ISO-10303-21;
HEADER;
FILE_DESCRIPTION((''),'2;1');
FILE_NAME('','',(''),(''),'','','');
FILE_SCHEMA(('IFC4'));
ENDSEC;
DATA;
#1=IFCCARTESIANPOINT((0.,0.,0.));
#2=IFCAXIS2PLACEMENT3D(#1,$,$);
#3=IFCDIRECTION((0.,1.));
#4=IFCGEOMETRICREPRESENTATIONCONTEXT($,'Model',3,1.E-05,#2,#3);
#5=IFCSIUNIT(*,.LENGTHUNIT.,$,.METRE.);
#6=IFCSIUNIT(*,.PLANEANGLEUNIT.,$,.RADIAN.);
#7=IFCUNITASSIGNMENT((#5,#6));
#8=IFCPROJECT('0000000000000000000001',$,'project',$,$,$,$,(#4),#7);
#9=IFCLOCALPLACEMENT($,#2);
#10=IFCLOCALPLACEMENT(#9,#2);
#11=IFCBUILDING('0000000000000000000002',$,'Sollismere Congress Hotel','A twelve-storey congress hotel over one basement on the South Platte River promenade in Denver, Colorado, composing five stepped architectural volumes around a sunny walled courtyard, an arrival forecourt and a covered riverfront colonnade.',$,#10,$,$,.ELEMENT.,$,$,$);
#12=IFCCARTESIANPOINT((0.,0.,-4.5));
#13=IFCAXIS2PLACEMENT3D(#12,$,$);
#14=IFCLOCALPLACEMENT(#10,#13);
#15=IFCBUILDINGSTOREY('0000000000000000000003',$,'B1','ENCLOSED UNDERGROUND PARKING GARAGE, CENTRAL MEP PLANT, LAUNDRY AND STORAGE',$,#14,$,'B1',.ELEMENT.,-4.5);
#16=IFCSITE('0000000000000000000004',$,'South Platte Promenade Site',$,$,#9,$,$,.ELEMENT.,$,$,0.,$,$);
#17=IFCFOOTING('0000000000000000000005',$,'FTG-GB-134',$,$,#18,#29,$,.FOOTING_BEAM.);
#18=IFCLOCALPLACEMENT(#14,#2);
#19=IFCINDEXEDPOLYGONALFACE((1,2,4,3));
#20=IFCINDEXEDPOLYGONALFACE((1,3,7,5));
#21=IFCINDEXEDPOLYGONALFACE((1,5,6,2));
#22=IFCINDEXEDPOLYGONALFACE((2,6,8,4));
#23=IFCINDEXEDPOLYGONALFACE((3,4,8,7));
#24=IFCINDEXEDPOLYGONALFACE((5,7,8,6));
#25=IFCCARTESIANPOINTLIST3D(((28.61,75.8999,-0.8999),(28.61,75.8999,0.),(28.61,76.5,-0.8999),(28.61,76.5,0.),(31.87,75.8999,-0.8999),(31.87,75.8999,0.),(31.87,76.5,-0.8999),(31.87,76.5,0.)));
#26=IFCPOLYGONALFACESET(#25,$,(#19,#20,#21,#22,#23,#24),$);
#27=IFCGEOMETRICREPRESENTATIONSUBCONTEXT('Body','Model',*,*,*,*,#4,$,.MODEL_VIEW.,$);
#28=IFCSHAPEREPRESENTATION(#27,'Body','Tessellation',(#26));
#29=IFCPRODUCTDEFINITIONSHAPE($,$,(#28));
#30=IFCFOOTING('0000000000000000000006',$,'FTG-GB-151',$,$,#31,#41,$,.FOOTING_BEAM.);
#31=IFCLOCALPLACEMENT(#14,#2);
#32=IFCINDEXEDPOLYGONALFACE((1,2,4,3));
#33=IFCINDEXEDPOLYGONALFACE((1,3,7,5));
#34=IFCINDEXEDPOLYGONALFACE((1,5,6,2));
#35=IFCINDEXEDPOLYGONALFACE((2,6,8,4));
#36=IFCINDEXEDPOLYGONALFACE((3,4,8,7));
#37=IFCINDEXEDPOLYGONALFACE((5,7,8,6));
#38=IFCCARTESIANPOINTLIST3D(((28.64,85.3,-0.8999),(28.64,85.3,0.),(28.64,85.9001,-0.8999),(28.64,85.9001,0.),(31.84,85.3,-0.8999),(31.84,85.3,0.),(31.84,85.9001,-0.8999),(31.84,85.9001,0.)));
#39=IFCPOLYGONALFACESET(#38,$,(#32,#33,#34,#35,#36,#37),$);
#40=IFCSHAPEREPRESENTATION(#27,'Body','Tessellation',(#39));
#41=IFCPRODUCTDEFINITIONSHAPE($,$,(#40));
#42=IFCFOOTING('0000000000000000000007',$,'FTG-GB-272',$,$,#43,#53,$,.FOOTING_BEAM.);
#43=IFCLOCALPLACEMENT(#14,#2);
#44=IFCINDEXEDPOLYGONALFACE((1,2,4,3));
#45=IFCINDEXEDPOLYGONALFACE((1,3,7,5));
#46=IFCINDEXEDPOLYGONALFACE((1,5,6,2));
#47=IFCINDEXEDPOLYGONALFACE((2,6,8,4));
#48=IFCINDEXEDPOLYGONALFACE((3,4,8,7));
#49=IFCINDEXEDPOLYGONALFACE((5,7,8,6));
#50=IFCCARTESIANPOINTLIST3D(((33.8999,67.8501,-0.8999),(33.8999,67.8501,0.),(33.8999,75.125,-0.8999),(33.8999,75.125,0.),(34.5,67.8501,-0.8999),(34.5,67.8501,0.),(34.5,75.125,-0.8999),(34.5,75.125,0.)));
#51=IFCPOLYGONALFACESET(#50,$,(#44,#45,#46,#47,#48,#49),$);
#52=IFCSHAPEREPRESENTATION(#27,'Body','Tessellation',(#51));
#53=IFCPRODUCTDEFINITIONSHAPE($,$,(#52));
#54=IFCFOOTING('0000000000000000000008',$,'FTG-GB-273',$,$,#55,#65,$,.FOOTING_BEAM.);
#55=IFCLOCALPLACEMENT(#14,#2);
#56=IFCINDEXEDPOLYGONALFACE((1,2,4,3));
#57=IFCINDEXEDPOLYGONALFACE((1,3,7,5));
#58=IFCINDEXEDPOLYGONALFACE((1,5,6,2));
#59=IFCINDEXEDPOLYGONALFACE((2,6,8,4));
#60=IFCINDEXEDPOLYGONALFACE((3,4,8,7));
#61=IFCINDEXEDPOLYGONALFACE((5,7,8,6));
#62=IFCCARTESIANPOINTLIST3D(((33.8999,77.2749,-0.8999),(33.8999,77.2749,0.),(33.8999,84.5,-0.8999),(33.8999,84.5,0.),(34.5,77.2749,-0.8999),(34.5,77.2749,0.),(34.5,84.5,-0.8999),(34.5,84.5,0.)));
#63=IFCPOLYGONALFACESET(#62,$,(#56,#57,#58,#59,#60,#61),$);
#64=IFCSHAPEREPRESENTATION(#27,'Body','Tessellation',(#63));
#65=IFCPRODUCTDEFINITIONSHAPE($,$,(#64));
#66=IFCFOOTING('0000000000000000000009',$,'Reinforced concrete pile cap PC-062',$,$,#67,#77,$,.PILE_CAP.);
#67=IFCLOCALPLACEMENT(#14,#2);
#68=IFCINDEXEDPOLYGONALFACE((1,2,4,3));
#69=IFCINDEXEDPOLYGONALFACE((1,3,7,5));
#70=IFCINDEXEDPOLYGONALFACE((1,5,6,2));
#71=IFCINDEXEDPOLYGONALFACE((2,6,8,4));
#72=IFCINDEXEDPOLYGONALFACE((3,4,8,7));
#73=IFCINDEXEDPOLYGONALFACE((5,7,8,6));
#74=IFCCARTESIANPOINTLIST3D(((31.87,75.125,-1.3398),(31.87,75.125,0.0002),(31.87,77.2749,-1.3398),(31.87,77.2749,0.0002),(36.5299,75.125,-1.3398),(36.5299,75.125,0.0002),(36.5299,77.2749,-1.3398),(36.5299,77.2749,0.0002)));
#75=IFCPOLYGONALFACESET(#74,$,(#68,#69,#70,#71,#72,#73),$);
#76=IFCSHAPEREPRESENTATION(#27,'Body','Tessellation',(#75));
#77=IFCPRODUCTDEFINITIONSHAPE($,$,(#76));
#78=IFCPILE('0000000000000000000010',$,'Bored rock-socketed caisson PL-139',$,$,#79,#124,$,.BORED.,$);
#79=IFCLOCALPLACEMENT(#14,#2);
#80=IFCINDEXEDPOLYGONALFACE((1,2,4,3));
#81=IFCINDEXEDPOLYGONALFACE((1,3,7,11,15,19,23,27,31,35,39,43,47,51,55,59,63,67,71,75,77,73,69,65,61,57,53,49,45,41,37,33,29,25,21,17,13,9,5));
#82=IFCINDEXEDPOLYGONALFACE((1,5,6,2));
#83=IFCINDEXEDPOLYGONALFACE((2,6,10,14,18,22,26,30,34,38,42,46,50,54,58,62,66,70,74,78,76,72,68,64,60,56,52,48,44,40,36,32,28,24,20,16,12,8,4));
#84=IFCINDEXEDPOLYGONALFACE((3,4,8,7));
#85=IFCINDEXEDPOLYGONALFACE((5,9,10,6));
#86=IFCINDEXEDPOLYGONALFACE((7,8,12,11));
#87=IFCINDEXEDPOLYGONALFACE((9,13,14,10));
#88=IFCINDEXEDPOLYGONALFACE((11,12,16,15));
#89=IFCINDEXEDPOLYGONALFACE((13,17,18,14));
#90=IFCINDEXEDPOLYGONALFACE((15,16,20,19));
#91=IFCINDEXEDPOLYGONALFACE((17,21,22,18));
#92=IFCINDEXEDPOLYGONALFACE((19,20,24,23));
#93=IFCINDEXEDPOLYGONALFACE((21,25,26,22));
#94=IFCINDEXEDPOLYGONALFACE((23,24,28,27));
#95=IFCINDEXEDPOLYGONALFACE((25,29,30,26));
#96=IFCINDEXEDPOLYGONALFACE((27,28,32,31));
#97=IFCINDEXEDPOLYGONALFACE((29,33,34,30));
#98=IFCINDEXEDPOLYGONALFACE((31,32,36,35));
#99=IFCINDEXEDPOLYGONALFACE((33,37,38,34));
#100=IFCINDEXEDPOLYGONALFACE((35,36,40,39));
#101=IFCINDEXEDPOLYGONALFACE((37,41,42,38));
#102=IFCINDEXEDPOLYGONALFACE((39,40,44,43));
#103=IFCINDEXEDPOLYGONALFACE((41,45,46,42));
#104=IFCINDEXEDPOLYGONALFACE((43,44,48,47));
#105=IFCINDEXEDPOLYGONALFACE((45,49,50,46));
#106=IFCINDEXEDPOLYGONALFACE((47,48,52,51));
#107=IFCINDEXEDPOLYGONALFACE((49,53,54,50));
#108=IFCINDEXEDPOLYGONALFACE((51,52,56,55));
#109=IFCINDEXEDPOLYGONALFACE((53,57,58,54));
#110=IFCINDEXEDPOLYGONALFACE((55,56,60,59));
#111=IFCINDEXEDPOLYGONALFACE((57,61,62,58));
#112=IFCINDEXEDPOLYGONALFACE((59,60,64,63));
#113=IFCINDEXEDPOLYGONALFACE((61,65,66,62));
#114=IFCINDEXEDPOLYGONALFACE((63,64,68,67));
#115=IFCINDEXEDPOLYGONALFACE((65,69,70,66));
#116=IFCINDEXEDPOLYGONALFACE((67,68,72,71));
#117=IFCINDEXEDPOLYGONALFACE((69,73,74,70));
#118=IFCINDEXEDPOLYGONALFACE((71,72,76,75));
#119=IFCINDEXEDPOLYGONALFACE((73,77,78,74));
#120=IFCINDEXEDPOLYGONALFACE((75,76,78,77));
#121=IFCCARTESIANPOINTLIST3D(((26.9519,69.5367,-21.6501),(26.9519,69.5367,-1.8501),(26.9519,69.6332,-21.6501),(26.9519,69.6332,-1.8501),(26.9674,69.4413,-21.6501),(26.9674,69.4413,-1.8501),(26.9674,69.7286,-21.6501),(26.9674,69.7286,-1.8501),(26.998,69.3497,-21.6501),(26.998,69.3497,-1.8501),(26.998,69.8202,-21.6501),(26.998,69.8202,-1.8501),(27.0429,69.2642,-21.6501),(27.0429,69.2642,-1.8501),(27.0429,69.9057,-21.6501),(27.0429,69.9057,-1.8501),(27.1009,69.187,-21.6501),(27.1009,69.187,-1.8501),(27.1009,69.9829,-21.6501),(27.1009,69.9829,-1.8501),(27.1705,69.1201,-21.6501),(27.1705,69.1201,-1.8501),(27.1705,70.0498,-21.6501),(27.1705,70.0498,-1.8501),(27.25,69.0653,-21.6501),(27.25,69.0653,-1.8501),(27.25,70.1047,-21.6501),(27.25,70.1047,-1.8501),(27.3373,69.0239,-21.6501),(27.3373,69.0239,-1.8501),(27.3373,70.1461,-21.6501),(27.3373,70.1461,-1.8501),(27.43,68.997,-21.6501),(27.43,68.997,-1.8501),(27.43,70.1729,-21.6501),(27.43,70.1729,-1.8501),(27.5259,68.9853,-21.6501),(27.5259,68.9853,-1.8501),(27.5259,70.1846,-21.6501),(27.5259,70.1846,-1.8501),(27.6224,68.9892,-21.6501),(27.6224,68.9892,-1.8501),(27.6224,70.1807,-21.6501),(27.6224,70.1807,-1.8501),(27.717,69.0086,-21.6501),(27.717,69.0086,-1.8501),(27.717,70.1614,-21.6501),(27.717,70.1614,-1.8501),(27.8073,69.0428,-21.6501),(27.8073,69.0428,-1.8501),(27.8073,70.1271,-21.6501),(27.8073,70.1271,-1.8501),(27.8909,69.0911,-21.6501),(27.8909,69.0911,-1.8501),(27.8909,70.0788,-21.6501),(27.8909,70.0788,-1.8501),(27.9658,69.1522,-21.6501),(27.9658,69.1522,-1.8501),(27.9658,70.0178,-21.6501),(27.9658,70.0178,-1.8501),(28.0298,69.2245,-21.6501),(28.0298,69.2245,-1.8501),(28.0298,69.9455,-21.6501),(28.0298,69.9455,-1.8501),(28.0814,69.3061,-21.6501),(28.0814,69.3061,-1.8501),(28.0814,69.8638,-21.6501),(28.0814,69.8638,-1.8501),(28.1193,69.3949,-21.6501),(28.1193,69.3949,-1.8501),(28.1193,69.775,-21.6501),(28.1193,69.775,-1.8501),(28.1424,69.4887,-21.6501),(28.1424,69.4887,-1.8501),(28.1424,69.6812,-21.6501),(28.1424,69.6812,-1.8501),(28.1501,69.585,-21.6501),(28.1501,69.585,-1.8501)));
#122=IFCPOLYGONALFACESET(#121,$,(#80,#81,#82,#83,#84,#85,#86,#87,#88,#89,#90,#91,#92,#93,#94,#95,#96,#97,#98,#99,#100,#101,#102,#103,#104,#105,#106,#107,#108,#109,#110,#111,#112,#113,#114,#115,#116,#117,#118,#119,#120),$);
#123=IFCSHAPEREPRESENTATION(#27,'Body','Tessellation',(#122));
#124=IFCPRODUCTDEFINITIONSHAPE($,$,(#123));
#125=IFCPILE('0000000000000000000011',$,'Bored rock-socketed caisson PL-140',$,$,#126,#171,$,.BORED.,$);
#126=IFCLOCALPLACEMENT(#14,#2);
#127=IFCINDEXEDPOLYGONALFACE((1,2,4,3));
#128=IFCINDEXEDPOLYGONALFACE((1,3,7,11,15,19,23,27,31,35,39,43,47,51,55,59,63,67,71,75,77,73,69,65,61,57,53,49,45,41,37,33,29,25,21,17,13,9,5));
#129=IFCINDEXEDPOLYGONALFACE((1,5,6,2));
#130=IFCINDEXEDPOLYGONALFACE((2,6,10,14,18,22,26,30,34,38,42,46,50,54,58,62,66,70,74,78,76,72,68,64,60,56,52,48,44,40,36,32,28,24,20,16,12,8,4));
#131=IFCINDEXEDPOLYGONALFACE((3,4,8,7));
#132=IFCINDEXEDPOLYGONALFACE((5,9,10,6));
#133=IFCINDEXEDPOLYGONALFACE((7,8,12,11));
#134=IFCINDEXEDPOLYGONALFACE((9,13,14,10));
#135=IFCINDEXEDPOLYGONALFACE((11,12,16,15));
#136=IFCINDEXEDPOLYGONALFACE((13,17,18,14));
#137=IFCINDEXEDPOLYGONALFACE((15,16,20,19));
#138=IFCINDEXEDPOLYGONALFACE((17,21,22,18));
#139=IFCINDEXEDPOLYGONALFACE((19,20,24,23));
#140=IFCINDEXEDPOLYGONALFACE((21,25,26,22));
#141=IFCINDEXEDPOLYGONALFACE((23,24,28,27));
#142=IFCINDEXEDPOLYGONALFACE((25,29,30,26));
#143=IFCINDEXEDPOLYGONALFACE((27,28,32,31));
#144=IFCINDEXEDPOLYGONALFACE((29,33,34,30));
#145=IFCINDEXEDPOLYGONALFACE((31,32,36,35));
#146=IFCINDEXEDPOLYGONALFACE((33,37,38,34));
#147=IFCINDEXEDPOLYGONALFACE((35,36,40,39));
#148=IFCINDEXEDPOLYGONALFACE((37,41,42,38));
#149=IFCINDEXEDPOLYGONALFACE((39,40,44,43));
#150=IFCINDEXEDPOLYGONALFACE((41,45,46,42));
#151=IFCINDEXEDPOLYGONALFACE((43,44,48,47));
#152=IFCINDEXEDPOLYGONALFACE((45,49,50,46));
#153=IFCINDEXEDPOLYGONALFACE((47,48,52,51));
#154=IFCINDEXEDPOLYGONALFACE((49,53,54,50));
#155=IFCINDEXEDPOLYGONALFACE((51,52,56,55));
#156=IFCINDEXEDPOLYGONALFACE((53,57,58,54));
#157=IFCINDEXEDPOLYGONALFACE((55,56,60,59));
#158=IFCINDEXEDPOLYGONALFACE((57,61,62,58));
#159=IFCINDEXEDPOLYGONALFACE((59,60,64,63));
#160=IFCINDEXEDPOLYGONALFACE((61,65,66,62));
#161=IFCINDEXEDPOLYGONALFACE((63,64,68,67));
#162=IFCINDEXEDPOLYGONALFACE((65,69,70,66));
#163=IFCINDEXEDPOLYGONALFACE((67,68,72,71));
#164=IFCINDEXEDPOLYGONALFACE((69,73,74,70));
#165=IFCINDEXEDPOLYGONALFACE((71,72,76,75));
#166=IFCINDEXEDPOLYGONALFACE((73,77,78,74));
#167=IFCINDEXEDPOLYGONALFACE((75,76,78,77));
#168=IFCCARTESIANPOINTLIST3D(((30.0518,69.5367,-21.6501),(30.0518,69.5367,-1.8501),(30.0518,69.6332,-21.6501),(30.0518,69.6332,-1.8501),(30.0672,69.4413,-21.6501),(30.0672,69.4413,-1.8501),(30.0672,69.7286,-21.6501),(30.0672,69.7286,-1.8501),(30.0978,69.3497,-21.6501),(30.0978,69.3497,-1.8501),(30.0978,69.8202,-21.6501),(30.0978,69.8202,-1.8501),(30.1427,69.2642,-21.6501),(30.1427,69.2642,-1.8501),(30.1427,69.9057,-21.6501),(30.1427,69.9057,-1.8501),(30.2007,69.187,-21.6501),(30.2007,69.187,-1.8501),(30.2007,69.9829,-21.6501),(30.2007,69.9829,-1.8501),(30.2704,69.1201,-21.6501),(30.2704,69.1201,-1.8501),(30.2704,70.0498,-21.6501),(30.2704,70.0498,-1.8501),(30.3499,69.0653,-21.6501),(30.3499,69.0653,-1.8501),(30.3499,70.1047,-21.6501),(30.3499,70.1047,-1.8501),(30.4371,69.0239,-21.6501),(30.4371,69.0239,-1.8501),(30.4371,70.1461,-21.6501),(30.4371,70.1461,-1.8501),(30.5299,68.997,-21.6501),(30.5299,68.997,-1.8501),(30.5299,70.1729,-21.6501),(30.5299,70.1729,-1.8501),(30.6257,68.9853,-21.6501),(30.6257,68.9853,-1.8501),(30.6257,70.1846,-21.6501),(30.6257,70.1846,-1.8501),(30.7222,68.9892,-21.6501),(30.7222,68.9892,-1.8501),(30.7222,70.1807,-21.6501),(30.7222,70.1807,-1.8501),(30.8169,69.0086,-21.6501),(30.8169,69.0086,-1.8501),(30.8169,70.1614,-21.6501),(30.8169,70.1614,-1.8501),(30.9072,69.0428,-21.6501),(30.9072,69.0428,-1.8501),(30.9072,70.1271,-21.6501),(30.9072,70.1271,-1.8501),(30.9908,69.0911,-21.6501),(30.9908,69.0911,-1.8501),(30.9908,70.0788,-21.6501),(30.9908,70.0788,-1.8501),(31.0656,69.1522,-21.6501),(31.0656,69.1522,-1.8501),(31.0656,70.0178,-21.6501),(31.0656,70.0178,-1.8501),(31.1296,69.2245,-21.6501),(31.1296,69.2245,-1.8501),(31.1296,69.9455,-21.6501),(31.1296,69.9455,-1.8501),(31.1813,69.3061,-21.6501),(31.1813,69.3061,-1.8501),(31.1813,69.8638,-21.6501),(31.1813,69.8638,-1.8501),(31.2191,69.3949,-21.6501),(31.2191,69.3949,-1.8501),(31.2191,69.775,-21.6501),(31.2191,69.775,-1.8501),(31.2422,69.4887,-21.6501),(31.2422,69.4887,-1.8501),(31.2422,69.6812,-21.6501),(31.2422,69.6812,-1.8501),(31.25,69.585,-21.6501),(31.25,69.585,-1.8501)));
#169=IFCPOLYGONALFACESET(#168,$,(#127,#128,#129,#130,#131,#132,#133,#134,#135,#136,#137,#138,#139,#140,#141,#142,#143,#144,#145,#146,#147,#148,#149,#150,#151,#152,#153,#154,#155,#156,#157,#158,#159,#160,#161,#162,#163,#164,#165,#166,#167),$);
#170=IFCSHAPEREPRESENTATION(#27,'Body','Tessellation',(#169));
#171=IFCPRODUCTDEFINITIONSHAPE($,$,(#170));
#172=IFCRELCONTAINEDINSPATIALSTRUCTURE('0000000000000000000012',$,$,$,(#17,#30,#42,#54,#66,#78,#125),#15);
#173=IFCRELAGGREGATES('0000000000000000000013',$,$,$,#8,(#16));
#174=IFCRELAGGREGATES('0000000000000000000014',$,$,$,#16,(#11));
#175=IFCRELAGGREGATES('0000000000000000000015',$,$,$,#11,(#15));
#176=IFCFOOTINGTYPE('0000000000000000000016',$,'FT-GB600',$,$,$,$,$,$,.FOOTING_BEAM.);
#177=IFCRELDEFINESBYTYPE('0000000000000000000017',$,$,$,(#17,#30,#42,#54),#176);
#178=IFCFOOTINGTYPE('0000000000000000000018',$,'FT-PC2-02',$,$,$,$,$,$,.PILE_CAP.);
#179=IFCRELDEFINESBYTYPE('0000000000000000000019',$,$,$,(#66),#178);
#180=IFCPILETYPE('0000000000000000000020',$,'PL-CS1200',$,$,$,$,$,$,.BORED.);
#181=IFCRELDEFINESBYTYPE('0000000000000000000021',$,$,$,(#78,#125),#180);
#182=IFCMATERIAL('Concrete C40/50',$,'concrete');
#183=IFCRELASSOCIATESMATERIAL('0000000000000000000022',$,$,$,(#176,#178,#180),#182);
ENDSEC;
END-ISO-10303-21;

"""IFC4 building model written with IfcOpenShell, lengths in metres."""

from ifc_helpers import new_model, si_unit, direction, frame, origin, origin_2d, place, context, subcontext, project, spatial, rectangle, circle, extrude, material, material_profile, profile_set, type_object, element, save


model = new_model("IFC4")

# Units and contexts
model_context = context("Model", 3, precision=1e-05, world=origin(), true_north=direction((0.0, 1.0)))
body_context = subcontext(model_context, "Body", "Model", "MODEL_VIEW")
ifc_project = project(units=[si_unit("LENGTHUNIT", "METRE"), si_unit("PLANEANGLEUNIT", "RADIAN")], contexts=[model_context])

# Site, building, storey
site_placement = place(None, origin())
site = spatial("IfcSite", under=ifc_project, at=site_placement, Name="South Platte Promenade Site", CompositionType="ELEMENT", RefElevation=0.0)
building_placement = place(site_placement, origin())
building = spatial("IfcBuilding", under=site, at=building_placement, Name="Sollismere Congress Hotel", Description="A twelve-storey congress hotel over one basement on the South Platte River promenade in Denver, Colorado, composing five stepped architectural volumes around a sunny walled courtyard, an arrival forecourt and a covered riverfront colonnade.", CompositionType="ELEMENT")
storey_placement = place(building_placement, frame((0.0, 0.0, -4.5)))
storey = spatial("IfcBuildingStorey", under=building, at=storey_placement, Name="B1", Description="ENCLOSED UNDERGROUND PARKING GARAGE, CENTRAL MEP PLANT, LAUNDRY AND STORAGE", LongName="B1", CompositionType="ELEMENT", Elevation=-4.5)

# Footings
ifc_material_1 = material(Name="Concrete C40/50", Category="concrete")
footing_type_1 = type_object("IfcFootingType", Name="FT-GB600", PredefinedType="FOOTING_BEAM", material=ifc_material_1)
footing_1_placement = place(storey_placement, frame((30.24, 76.2, -0.8999), z_axis=(0.0, 0.0, 1.0), x_axis=(1.0, 0.0, 0.0)))
element("IfcFooting", 1, at=footing_1_placement, inside=storey, type_object=footing_type_1, Name="FTG-GB-134", PredefinedType="FOOTING_BEAM", context=body_context, shape_type="SweptSolid", body=[
    extrude(rectangle(XDim=3.26, YDim=0.6001, at=origin_2d()), origin(), (0.0, 0.0, 1.0), 0.8999),
])
footing_2_placement = place(storey_placement, frame((30.24, 85.6001, -0.8999), z_axis=(0.0, 0.0, 1.0), x_axis=(1.0, 0.0, 0.0)))
element("IfcFooting", 2, at=footing_2_placement, inside=storey, type_object=footing_type_1, Name="FTG-GB-151", PredefinedType="FOOTING_BEAM", context=body_context, shape_type="SweptSolid", body=[
    extrude(rectangle(XDim=3.2, YDim=0.6001, at=origin_2d()), origin(), (0.0, 0.0, 1.0), 0.8999),
])
footing_3_placement = place(storey_placement, frame((34.2, 71.4875, -0.8999), z_axis=(0.0, 0.0, 1.0), x_axis=(0.0, 1.0, 0.0)))
element("IfcFooting", 3, at=footing_3_placement, inside=storey, type_object=footing_type_1, Name="FTG-GB-272", PredefinedType="FOOTING_BEAM", context=body_context, shape_type="SweptSolid", body=[
    extrude(rectangle(XDim=7.2749, YDim=0.6001, at=origin_2d()), origin(), (0.0, 0.0, 1.0), 0.8999),
])
footing_4_placement = place(storey_placement, frame((34.2, 80.8875, -0.8999), z_axis=(0.0, 0.0, 1.0), x_axis=(0.0, 1.0, 0.0)))
element("IfcFooting", 4, at=footing_4_placement, inside=storey, type_object=footing_type_1, Name="FTG-GB-273", PredefinedType="FOOTING_BEAM", context=body_context, shape_type="SweptSolid", body=[
    extrude(rectangle(XDim=7.2251, YDim=0.6001, at=origin_2d()), origin(), (0.0, 0.0, 1.0), 0.8999),
])
footing_type_2 = type_object("IfcFootingType", Name="FT-PC2-02", PredefinedType="PILE_CAP", material=ifc_material_1)
footing_5_placement = place(storey_placement, frame((34.2, 76.2, -1.3398), z_axis=(0.0, 0.0, 1.0), x_axis=(1.0, 0.0, 0.0)))
element("IfcFooting", 5, at=footing_5_placement, inside=storey, type_object=footing_type_2, Name="Reinforced concrete pile cap PC-062", PredefinedType="PILE_CAP", context=body_context, shape_type="SweptSolid", body=[
    extrude(rectangle(XDim=4.6599, YDim=2.1499, at=origin_2d()), origin(), (0.0, 0.0, 1.0), 1.3401),
])

# Piles
ifc_material_profile_1 = material_profile(ifc_material_1, circle(Radius=0.6001, at=origin_2d()), Name="CAISSON1200")
ifc_profile_set_1 = profile_set([ifc_material_profile_1], Name="Concrete C40/50")
pile_type = type_object("IfcPileType", Name="PL-CS1200", PredefinedType="BORED", material=ifc_profile_set_1)
for number, where, z_axis, x_axis, name in (
    (6, (27.55, 69.585, -1.8501), (0.0, 0.0, -1.0), (1.0, 0.0, 0.0), "Bored rock-socketed caisson PL-139"),
    (7, (30.6499, 69.585, -1.8501), (0.0, 0.0, -1.0), (1.0, 0.0, 0.0), "Bored rock-socketed caisson PL-140"),
):
    element("IfcPile", number, at=place(storey_placement, frame(where, z_axis=z_axis, x_axis=x_axis)), inside=storey, type_object=pile_type, Name=name, PredefinedType="BORED", context=body_context, shape_type="SweptSolid", body=[
        extrude(circle(Radius=0.6001, at=origin_2d()), origin(), (0.0, 0.0, 1.0), 19.8),
    ])

save(model, "model.ifc")
